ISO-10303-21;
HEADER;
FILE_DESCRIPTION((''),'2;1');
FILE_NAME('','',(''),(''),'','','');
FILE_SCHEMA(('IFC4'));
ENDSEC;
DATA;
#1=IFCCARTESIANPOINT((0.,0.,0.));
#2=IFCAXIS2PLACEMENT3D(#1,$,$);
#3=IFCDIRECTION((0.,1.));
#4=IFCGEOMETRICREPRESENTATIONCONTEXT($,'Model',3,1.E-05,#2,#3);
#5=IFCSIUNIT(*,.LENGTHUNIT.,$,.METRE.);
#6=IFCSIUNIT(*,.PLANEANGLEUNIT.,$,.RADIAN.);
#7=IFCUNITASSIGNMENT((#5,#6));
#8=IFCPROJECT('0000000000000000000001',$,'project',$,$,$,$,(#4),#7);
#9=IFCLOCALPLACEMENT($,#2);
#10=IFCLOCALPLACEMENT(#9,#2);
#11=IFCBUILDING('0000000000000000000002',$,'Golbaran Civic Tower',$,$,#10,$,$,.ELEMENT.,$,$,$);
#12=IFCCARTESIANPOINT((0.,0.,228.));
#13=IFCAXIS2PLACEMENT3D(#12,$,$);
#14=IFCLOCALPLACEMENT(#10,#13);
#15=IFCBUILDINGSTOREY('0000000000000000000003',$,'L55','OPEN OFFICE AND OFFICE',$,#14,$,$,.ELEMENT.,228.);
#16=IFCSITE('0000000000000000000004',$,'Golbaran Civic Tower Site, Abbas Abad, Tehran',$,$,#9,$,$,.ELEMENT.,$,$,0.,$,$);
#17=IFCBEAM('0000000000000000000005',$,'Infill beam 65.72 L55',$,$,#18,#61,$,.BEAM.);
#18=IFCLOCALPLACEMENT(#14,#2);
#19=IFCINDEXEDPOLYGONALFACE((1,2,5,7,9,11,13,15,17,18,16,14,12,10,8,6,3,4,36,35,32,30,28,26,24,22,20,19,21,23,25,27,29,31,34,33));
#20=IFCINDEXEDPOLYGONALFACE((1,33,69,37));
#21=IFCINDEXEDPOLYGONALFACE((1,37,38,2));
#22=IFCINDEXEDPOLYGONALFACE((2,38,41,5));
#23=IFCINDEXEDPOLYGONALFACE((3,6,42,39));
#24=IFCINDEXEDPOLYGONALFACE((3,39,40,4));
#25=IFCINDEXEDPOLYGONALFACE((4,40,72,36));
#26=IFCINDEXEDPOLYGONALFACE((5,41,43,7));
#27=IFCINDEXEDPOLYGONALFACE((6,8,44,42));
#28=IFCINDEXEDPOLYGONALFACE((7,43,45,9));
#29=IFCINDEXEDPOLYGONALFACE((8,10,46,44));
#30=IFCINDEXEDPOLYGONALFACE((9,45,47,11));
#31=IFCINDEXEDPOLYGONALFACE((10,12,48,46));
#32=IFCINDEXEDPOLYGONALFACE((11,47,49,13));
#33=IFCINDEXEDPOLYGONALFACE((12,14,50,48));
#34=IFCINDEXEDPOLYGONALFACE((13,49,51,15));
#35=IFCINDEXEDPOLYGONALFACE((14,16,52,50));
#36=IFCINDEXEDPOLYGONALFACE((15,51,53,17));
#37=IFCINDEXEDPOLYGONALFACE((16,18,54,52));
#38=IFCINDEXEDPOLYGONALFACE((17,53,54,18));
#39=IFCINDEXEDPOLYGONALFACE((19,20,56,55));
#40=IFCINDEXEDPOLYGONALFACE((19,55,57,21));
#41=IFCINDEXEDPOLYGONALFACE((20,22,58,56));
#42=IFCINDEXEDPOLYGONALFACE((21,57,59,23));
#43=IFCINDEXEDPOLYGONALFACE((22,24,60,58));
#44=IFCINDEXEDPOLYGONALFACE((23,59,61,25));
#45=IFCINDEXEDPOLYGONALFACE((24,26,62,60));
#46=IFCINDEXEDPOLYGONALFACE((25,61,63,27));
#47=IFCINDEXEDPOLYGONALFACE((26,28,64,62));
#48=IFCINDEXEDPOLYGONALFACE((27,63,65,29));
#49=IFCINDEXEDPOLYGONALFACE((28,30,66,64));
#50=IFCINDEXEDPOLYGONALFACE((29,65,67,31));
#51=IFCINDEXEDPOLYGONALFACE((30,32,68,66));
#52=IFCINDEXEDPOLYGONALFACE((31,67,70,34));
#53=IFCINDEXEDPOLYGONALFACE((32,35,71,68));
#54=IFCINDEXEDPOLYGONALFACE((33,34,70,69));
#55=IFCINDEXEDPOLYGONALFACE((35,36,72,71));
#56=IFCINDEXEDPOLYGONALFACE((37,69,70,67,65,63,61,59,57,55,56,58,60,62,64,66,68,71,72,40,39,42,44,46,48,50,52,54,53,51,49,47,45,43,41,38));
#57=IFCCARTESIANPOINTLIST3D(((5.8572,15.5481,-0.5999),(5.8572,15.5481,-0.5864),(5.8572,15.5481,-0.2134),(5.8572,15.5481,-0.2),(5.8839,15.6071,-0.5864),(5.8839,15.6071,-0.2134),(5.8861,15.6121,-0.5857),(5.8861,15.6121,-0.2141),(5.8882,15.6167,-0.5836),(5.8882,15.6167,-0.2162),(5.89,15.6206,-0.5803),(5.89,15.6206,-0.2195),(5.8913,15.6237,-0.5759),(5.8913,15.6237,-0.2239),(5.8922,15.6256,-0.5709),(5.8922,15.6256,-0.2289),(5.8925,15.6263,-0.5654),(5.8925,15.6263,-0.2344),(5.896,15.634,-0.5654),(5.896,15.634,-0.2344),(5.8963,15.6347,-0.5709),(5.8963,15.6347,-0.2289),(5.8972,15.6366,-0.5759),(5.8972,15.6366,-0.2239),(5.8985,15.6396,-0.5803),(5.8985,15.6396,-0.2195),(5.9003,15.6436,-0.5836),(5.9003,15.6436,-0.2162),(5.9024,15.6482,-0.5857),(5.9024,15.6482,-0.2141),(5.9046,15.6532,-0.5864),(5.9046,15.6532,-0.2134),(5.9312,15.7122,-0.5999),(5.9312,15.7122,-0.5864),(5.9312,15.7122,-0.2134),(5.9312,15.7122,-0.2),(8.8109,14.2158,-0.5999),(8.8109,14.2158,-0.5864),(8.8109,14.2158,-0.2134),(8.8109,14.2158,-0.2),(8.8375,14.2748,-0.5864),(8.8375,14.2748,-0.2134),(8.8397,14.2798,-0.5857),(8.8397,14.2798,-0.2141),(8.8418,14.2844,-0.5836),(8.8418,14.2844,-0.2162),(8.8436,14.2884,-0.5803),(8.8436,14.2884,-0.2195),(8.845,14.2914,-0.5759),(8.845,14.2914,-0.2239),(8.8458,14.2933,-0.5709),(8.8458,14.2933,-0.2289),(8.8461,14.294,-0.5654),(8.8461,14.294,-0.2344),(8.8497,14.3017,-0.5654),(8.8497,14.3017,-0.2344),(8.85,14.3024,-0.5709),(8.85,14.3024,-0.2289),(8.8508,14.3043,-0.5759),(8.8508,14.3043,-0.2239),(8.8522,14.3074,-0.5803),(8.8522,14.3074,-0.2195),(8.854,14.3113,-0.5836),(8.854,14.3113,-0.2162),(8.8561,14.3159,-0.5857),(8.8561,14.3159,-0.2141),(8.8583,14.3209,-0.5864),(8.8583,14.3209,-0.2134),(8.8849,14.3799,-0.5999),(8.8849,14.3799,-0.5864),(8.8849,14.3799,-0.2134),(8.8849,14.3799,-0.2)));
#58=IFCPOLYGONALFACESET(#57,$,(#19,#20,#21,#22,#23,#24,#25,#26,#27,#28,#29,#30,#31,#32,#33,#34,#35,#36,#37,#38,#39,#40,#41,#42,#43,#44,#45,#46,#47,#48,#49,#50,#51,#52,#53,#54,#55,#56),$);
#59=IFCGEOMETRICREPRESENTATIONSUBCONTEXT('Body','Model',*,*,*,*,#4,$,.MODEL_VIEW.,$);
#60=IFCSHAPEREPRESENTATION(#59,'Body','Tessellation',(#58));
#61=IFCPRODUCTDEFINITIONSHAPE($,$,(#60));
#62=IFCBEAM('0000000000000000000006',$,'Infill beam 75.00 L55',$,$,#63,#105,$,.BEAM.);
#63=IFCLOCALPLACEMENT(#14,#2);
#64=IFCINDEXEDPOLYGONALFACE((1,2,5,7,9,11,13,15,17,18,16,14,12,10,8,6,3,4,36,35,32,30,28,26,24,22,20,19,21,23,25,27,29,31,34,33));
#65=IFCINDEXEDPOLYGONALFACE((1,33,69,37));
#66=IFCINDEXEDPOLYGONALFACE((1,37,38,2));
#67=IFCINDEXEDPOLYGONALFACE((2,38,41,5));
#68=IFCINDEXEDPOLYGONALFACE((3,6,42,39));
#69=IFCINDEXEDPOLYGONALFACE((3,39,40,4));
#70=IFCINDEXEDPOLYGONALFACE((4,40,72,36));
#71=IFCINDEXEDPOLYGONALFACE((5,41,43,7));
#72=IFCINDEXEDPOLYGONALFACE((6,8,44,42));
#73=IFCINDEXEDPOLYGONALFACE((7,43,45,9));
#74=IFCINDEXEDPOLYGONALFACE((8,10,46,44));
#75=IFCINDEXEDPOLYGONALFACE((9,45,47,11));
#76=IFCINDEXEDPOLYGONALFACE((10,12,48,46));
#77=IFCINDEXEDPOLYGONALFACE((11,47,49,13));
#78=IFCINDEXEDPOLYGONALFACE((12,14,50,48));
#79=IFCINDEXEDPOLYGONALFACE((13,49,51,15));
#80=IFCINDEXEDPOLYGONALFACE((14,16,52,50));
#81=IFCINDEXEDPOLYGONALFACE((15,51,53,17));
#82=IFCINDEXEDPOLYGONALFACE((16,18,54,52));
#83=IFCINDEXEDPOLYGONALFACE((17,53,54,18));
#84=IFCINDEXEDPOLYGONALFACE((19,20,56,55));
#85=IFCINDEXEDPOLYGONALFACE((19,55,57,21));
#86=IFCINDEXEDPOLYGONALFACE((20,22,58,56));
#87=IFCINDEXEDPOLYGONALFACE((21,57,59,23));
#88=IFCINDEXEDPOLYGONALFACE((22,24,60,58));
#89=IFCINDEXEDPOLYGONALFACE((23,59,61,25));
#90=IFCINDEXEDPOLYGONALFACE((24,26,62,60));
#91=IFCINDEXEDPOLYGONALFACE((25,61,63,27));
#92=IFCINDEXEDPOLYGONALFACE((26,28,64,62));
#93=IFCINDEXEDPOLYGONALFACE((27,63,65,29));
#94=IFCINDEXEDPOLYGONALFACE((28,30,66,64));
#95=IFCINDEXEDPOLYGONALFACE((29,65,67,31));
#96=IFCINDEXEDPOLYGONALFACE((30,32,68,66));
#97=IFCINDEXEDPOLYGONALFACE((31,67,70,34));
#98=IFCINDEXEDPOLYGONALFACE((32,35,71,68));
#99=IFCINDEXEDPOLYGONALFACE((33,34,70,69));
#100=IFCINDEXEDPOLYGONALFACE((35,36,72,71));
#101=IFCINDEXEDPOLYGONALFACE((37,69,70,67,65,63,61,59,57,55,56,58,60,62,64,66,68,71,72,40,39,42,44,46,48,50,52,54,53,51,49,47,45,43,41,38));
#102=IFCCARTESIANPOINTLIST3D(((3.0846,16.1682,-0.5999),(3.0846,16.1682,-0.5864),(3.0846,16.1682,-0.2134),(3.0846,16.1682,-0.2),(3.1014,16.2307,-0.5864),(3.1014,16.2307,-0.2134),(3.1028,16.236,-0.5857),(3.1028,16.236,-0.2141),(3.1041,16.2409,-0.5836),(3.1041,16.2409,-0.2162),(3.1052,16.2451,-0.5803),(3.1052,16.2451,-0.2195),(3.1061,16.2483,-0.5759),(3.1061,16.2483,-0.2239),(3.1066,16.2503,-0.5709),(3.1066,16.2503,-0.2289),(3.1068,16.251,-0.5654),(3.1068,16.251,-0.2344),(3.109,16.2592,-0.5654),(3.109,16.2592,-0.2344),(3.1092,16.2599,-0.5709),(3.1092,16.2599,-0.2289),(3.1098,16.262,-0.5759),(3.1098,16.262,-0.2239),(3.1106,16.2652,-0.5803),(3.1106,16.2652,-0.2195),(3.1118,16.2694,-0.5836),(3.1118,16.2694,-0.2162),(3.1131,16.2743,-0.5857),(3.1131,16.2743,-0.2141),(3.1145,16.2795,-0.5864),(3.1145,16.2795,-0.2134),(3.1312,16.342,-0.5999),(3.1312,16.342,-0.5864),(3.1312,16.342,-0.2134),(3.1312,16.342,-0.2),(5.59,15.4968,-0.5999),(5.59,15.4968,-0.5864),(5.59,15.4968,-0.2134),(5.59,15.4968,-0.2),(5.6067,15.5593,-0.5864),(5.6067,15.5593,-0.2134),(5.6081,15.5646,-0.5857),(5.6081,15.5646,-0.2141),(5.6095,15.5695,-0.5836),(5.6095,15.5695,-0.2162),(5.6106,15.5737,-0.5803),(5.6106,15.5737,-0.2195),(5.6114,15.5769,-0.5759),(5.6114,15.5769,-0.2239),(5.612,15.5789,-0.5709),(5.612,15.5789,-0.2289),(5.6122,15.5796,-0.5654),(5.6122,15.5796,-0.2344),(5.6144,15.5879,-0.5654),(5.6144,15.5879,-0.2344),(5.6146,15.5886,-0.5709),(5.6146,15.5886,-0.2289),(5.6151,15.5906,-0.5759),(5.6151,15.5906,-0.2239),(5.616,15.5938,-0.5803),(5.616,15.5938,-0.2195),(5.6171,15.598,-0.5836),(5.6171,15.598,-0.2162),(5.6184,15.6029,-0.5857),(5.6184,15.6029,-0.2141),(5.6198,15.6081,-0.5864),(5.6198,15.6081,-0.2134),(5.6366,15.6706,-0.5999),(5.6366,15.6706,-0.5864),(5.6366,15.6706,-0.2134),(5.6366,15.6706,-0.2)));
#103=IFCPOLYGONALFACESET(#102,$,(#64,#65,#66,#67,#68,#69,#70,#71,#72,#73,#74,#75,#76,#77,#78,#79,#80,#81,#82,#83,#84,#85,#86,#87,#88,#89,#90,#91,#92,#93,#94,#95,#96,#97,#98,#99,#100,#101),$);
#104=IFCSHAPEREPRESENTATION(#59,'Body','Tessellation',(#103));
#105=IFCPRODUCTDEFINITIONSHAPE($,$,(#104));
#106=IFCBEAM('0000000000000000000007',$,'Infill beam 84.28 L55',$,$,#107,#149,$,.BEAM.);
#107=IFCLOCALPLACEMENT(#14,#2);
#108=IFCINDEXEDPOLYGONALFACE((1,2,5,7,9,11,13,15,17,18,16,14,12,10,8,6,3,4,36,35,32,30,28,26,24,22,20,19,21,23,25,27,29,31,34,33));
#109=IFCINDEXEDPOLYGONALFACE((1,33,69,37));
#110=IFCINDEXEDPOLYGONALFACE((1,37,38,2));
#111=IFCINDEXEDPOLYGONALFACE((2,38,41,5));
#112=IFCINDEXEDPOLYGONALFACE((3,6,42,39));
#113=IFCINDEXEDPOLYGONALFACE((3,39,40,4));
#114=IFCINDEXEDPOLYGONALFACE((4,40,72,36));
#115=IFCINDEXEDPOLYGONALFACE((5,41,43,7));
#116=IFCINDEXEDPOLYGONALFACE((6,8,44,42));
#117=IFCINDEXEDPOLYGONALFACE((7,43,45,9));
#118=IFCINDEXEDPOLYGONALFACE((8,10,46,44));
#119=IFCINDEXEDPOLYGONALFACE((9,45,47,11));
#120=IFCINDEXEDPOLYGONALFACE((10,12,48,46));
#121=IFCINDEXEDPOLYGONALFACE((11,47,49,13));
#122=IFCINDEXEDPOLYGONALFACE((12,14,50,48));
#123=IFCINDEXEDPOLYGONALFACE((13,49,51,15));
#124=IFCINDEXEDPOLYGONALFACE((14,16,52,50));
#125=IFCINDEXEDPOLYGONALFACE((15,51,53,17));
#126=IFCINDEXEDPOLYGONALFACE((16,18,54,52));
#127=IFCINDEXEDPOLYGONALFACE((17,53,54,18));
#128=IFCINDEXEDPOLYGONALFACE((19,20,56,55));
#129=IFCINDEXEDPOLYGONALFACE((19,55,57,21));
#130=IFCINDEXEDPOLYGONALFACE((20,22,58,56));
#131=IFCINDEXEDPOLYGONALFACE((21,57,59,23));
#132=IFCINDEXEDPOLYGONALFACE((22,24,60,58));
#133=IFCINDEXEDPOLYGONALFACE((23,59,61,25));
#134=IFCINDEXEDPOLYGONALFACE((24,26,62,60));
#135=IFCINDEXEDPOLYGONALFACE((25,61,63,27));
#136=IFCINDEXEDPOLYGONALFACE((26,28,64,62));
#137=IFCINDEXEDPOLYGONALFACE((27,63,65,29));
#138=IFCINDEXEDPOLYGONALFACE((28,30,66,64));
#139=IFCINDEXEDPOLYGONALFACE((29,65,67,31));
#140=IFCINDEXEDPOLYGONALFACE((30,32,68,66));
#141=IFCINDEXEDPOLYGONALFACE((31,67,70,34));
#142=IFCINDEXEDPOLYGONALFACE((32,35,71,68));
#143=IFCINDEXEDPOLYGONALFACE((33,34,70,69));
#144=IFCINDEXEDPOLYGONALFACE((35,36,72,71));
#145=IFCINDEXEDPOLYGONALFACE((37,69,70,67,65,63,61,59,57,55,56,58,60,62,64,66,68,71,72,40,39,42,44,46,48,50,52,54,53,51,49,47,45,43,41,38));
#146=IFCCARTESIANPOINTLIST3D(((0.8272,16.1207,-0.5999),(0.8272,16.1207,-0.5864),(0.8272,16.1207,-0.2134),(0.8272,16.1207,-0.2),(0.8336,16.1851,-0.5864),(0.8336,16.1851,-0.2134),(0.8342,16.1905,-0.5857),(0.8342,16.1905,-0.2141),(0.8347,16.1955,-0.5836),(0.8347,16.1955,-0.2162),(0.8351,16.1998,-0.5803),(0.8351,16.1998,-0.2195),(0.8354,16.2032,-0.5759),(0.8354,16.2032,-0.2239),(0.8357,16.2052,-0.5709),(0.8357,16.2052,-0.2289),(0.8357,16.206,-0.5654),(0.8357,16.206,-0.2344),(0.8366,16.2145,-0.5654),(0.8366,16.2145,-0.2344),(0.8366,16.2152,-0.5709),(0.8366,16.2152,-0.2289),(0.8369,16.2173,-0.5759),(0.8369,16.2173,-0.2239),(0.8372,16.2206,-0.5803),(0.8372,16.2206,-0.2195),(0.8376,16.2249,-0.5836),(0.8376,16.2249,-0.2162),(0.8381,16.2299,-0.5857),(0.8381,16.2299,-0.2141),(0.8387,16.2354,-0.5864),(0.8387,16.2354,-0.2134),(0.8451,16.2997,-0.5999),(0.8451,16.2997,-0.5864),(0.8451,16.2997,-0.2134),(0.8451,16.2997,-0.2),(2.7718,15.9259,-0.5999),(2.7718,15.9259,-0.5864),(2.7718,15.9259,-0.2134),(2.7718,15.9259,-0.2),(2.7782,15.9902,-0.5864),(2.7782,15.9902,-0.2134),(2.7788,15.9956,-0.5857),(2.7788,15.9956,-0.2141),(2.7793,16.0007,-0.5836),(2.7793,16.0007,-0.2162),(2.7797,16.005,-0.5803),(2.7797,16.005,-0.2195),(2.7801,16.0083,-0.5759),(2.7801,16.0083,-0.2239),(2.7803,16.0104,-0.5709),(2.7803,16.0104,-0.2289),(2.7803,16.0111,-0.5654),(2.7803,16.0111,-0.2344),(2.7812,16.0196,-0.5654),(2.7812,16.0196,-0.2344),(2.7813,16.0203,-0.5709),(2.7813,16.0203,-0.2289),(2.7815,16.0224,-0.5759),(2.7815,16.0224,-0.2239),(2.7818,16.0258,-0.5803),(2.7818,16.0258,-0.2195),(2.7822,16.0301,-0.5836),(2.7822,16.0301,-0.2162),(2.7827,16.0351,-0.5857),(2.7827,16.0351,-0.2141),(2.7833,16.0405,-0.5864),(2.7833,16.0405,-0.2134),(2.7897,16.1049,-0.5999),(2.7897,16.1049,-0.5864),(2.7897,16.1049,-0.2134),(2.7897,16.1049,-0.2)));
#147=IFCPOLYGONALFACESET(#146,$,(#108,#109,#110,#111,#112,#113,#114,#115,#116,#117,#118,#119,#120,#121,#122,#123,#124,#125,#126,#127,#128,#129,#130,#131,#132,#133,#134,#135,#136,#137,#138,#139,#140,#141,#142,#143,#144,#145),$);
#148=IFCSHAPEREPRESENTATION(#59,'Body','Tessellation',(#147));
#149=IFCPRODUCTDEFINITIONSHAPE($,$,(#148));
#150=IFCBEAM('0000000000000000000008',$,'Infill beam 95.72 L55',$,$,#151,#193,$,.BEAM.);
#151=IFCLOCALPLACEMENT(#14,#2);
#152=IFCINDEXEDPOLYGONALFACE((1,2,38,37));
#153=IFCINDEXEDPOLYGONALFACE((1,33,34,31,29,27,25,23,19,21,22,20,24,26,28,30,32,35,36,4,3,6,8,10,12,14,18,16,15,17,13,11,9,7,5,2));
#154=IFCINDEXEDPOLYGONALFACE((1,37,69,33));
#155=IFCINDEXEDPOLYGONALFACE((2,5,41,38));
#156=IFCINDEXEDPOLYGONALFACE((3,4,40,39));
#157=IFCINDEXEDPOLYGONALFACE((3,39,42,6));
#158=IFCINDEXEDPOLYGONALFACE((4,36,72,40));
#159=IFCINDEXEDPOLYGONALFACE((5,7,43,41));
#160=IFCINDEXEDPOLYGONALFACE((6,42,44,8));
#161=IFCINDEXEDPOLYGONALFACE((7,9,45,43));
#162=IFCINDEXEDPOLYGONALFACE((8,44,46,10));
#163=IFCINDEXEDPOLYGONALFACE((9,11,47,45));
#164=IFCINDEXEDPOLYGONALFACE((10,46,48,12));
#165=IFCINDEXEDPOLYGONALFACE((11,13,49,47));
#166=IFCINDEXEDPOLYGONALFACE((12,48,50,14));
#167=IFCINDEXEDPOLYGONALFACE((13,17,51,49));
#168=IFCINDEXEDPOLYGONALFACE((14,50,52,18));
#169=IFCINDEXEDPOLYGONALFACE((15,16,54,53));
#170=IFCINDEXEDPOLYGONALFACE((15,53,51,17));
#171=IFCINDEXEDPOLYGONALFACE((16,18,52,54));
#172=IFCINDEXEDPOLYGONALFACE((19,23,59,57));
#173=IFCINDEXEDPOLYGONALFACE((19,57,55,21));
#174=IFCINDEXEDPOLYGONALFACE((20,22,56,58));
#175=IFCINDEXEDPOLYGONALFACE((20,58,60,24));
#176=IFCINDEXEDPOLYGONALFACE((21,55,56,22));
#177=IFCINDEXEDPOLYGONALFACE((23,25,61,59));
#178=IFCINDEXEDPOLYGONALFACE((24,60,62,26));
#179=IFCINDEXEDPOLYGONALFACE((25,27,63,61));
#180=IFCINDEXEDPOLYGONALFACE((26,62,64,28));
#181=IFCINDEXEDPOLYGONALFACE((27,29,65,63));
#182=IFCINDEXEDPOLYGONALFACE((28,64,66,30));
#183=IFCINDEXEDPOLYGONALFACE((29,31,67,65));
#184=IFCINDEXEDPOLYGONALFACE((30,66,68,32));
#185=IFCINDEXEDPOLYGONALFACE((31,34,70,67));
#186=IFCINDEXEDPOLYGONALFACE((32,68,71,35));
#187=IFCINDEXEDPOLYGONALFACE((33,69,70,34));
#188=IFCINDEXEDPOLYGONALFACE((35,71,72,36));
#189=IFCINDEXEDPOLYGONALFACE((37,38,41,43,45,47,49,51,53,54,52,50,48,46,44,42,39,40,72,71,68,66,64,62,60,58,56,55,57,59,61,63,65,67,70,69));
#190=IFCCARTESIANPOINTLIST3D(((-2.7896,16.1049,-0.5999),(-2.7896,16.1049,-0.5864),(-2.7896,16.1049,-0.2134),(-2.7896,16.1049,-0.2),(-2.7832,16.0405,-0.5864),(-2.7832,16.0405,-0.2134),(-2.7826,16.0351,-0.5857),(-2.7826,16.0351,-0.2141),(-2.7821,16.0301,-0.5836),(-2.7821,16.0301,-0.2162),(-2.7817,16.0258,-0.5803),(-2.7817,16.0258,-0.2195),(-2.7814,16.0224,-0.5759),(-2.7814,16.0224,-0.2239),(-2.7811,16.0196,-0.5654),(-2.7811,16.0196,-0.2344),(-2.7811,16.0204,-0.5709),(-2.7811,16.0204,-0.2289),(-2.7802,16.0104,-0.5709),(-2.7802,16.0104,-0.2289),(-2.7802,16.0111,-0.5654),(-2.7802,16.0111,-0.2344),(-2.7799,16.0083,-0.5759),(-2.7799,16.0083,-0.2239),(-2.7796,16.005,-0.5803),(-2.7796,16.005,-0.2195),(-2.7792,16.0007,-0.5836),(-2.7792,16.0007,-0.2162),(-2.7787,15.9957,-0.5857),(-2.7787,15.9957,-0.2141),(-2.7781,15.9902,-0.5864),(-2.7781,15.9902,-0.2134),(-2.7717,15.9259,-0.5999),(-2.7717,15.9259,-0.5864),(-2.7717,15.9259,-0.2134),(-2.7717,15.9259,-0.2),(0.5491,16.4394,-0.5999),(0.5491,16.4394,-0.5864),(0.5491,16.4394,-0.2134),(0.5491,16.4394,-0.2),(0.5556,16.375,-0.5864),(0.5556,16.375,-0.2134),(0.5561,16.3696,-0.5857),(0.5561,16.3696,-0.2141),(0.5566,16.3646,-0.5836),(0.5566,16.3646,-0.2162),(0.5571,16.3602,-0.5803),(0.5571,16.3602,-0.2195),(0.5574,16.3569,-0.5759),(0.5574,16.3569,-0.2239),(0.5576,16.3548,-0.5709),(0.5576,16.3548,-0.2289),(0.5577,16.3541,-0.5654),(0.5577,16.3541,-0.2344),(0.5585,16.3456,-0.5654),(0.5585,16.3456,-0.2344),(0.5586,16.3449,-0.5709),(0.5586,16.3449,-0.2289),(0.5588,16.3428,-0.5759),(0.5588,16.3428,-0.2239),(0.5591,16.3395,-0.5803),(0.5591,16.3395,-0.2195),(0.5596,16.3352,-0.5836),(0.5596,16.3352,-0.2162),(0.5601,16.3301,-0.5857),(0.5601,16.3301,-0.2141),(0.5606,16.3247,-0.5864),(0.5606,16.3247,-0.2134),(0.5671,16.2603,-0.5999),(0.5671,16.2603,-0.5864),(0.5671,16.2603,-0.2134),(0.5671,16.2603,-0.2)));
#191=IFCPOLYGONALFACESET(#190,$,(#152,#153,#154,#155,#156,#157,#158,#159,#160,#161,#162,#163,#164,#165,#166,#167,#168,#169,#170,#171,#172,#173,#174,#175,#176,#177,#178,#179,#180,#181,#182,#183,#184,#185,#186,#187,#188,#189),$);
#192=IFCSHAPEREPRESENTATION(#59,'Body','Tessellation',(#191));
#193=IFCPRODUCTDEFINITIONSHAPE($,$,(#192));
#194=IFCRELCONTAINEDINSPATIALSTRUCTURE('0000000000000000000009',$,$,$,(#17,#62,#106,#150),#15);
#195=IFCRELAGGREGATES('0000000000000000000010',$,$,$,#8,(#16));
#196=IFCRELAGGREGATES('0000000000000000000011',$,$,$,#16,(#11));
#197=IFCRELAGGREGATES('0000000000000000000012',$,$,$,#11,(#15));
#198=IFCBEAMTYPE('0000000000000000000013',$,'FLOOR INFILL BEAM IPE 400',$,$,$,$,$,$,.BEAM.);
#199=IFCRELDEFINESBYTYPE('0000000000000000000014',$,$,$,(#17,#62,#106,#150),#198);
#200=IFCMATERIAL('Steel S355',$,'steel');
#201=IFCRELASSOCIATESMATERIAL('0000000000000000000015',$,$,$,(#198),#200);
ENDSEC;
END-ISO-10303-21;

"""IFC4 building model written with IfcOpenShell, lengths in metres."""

from ifc_helpers import new_model, si_unit, direction, frame, origin, origin_2d, place, context, subcontext, project, spatial, i_section, extrude, material, material_profile, profile_set, type_object, element, save


model = new_model("IFC4")

# Units and contexts
model_context = context("Model", 3, precision=1e-05, world=origin(), true_north=direction((0.0, 1.0)))
body_context = subcontext(model_context, "Body", "Model", "MODEL_VIEW")
ifc_project = project(units=[si_unit("LENGTHUNIT", "METRE"), si_unit("PLANEANGLEUNIT", "RADIAN")], contexts=[model_context])

# Site, building, storey
site_placement = place(None, origin())
site = spatial("IfcSite", under=ifc_project, at=site_placement, Name="Golbaran Civic Tower Site, Abbas Abad, Tehran", CompositionType="ELEMENT", RefElevation=0.0)
building_placement = place(site_placement, origin())
building = spatial("IfcBuilding", under=site, at=building_placement, Name="Golbaran Civic Tower", CompositionType="ELEMENT")
storey_placement = place(building_placement, frame((0.0, 0.0, 228.0)))
storey = spatial("IfcBuildingStorey", under=building, at=storey_placement, Name="L55", Description="OPEN OFFICE AND OFFICE", CompositionType="ELEMENT", Elevation=228.0)

# Beams
ifc_material_1 = material(Name="Steel S355", Category="steel")
ifc_material_profile_1 = material_profile(ifc_material_1, i_section(OverallWidth=0.1799, OverallDepth=0.3999, WebThickness=0.0085, FlangeThickness=0.0134, FilletRadius=0.021, at=origin_2d()), Name="IPE 400")
ifc_profile_set_1 = profile_set([ifc_material_profile_1], Name="Steel S355")
beam_type_1 = type_object("IfcBeamType", Name="FLOOR INFILL BEAM IPE 400", PredefinedType="BEAM", material=ifc_profile_set_1)
beam_1_placement = place(storey_placement, frame((8.8479, 14.2979, -0.3999), z_axis=(-0.911557, 0.411173, 0.0), x_axis=(-0.411173, -0.911557, 0.0)))
element("IfcBeam", 1, at=beam_1_placement, inside=storey, type_object=beam_type_1, Name="Infill beam 65.72 L55", PredefinedType="BEAM", context=body_context, shape_type="SweptSolid", body=[
    extrude(i_section(OverallWidth=0.1799, OverallDepth=0.3999, WebThickness=0.0085, FlangeThickness=0.0134, FilletRadius=0.021, at=origin_2d()), origin(), (0.0, 0.0, 1.0), 3.2402),
])
beam_2_placement = place(storey_placement, frame((5.6133, 15.5837, -0.3999), z_axis=(-0.965919, 0.258846, 0.0), x_axis=(-0.258846, -0.965919, 0.0)))
element("IfcBeam", 2, at=beam_2_placement, inside=storey, type_object=beam_type_1, Name="Infill beam 75.00 L55", PredefinedType="BEAM", context=body_context, shape_type="SweptSolid", body=[
    extrude(i_section(OverallWidth=0.1799, OverallDepth=0.3999, WebThickness=0.0085, FlangeThickness=0.0134, FilletRadius=0.021, at=origin_2d()), origin(), (0.0, 0.0, 1.0), 2.5938),
])
beam_3_placement = place(storey_placement, frame((2.7808, 16.0154, -0.3999), z_axis=(-0.995019, 0.099689, 0.0), x_axis=(-0.099689, -0.995019, 0.0)))
element("IfcBeam", 3, at=beam_3_placement, inside=storey, type_object=beam_type_1, Name="Infill beam 84.28 L55", PredefinedType="BEAM", context=body_context, shape_type="SweptSolid", body=[
    extrude(i_section(OverallWidth=0.1799, OverallDepth=0.3999, WebThickness=0.0085, FlangeThickness=0.0134, FilletRadius=0.021, at=origin_2d()), origin(), (0.0, 0.0, 1.0), 1.9543),
])
beam_4_placement = place(storey_placement, frame((0.5581, 16.3499, -0.3999), z_axis=(-0.99502, -0.099677, 0.0), x_axis=(0.099677, -0.99502, 0.0)))
element("IfcBeam", 4, at=beam_4_placement, inside=storey, type_object=beam_type_1, Name="Infill beam 95.72 L55", PredefinedType="BEAM", context=body_context, shape_type="SweptSolid", body=[
    extrude(i_section(OverallWidth=0.1799, OverallDepth=0.3999, WebThickness=0.0085, FlangeThickness=0.0134, FilletRadius=0.021, at=origin_2d()), origin(), (0.0, 0.0, 1.0), 3.3555),
])

save(model, "model.ifc")
